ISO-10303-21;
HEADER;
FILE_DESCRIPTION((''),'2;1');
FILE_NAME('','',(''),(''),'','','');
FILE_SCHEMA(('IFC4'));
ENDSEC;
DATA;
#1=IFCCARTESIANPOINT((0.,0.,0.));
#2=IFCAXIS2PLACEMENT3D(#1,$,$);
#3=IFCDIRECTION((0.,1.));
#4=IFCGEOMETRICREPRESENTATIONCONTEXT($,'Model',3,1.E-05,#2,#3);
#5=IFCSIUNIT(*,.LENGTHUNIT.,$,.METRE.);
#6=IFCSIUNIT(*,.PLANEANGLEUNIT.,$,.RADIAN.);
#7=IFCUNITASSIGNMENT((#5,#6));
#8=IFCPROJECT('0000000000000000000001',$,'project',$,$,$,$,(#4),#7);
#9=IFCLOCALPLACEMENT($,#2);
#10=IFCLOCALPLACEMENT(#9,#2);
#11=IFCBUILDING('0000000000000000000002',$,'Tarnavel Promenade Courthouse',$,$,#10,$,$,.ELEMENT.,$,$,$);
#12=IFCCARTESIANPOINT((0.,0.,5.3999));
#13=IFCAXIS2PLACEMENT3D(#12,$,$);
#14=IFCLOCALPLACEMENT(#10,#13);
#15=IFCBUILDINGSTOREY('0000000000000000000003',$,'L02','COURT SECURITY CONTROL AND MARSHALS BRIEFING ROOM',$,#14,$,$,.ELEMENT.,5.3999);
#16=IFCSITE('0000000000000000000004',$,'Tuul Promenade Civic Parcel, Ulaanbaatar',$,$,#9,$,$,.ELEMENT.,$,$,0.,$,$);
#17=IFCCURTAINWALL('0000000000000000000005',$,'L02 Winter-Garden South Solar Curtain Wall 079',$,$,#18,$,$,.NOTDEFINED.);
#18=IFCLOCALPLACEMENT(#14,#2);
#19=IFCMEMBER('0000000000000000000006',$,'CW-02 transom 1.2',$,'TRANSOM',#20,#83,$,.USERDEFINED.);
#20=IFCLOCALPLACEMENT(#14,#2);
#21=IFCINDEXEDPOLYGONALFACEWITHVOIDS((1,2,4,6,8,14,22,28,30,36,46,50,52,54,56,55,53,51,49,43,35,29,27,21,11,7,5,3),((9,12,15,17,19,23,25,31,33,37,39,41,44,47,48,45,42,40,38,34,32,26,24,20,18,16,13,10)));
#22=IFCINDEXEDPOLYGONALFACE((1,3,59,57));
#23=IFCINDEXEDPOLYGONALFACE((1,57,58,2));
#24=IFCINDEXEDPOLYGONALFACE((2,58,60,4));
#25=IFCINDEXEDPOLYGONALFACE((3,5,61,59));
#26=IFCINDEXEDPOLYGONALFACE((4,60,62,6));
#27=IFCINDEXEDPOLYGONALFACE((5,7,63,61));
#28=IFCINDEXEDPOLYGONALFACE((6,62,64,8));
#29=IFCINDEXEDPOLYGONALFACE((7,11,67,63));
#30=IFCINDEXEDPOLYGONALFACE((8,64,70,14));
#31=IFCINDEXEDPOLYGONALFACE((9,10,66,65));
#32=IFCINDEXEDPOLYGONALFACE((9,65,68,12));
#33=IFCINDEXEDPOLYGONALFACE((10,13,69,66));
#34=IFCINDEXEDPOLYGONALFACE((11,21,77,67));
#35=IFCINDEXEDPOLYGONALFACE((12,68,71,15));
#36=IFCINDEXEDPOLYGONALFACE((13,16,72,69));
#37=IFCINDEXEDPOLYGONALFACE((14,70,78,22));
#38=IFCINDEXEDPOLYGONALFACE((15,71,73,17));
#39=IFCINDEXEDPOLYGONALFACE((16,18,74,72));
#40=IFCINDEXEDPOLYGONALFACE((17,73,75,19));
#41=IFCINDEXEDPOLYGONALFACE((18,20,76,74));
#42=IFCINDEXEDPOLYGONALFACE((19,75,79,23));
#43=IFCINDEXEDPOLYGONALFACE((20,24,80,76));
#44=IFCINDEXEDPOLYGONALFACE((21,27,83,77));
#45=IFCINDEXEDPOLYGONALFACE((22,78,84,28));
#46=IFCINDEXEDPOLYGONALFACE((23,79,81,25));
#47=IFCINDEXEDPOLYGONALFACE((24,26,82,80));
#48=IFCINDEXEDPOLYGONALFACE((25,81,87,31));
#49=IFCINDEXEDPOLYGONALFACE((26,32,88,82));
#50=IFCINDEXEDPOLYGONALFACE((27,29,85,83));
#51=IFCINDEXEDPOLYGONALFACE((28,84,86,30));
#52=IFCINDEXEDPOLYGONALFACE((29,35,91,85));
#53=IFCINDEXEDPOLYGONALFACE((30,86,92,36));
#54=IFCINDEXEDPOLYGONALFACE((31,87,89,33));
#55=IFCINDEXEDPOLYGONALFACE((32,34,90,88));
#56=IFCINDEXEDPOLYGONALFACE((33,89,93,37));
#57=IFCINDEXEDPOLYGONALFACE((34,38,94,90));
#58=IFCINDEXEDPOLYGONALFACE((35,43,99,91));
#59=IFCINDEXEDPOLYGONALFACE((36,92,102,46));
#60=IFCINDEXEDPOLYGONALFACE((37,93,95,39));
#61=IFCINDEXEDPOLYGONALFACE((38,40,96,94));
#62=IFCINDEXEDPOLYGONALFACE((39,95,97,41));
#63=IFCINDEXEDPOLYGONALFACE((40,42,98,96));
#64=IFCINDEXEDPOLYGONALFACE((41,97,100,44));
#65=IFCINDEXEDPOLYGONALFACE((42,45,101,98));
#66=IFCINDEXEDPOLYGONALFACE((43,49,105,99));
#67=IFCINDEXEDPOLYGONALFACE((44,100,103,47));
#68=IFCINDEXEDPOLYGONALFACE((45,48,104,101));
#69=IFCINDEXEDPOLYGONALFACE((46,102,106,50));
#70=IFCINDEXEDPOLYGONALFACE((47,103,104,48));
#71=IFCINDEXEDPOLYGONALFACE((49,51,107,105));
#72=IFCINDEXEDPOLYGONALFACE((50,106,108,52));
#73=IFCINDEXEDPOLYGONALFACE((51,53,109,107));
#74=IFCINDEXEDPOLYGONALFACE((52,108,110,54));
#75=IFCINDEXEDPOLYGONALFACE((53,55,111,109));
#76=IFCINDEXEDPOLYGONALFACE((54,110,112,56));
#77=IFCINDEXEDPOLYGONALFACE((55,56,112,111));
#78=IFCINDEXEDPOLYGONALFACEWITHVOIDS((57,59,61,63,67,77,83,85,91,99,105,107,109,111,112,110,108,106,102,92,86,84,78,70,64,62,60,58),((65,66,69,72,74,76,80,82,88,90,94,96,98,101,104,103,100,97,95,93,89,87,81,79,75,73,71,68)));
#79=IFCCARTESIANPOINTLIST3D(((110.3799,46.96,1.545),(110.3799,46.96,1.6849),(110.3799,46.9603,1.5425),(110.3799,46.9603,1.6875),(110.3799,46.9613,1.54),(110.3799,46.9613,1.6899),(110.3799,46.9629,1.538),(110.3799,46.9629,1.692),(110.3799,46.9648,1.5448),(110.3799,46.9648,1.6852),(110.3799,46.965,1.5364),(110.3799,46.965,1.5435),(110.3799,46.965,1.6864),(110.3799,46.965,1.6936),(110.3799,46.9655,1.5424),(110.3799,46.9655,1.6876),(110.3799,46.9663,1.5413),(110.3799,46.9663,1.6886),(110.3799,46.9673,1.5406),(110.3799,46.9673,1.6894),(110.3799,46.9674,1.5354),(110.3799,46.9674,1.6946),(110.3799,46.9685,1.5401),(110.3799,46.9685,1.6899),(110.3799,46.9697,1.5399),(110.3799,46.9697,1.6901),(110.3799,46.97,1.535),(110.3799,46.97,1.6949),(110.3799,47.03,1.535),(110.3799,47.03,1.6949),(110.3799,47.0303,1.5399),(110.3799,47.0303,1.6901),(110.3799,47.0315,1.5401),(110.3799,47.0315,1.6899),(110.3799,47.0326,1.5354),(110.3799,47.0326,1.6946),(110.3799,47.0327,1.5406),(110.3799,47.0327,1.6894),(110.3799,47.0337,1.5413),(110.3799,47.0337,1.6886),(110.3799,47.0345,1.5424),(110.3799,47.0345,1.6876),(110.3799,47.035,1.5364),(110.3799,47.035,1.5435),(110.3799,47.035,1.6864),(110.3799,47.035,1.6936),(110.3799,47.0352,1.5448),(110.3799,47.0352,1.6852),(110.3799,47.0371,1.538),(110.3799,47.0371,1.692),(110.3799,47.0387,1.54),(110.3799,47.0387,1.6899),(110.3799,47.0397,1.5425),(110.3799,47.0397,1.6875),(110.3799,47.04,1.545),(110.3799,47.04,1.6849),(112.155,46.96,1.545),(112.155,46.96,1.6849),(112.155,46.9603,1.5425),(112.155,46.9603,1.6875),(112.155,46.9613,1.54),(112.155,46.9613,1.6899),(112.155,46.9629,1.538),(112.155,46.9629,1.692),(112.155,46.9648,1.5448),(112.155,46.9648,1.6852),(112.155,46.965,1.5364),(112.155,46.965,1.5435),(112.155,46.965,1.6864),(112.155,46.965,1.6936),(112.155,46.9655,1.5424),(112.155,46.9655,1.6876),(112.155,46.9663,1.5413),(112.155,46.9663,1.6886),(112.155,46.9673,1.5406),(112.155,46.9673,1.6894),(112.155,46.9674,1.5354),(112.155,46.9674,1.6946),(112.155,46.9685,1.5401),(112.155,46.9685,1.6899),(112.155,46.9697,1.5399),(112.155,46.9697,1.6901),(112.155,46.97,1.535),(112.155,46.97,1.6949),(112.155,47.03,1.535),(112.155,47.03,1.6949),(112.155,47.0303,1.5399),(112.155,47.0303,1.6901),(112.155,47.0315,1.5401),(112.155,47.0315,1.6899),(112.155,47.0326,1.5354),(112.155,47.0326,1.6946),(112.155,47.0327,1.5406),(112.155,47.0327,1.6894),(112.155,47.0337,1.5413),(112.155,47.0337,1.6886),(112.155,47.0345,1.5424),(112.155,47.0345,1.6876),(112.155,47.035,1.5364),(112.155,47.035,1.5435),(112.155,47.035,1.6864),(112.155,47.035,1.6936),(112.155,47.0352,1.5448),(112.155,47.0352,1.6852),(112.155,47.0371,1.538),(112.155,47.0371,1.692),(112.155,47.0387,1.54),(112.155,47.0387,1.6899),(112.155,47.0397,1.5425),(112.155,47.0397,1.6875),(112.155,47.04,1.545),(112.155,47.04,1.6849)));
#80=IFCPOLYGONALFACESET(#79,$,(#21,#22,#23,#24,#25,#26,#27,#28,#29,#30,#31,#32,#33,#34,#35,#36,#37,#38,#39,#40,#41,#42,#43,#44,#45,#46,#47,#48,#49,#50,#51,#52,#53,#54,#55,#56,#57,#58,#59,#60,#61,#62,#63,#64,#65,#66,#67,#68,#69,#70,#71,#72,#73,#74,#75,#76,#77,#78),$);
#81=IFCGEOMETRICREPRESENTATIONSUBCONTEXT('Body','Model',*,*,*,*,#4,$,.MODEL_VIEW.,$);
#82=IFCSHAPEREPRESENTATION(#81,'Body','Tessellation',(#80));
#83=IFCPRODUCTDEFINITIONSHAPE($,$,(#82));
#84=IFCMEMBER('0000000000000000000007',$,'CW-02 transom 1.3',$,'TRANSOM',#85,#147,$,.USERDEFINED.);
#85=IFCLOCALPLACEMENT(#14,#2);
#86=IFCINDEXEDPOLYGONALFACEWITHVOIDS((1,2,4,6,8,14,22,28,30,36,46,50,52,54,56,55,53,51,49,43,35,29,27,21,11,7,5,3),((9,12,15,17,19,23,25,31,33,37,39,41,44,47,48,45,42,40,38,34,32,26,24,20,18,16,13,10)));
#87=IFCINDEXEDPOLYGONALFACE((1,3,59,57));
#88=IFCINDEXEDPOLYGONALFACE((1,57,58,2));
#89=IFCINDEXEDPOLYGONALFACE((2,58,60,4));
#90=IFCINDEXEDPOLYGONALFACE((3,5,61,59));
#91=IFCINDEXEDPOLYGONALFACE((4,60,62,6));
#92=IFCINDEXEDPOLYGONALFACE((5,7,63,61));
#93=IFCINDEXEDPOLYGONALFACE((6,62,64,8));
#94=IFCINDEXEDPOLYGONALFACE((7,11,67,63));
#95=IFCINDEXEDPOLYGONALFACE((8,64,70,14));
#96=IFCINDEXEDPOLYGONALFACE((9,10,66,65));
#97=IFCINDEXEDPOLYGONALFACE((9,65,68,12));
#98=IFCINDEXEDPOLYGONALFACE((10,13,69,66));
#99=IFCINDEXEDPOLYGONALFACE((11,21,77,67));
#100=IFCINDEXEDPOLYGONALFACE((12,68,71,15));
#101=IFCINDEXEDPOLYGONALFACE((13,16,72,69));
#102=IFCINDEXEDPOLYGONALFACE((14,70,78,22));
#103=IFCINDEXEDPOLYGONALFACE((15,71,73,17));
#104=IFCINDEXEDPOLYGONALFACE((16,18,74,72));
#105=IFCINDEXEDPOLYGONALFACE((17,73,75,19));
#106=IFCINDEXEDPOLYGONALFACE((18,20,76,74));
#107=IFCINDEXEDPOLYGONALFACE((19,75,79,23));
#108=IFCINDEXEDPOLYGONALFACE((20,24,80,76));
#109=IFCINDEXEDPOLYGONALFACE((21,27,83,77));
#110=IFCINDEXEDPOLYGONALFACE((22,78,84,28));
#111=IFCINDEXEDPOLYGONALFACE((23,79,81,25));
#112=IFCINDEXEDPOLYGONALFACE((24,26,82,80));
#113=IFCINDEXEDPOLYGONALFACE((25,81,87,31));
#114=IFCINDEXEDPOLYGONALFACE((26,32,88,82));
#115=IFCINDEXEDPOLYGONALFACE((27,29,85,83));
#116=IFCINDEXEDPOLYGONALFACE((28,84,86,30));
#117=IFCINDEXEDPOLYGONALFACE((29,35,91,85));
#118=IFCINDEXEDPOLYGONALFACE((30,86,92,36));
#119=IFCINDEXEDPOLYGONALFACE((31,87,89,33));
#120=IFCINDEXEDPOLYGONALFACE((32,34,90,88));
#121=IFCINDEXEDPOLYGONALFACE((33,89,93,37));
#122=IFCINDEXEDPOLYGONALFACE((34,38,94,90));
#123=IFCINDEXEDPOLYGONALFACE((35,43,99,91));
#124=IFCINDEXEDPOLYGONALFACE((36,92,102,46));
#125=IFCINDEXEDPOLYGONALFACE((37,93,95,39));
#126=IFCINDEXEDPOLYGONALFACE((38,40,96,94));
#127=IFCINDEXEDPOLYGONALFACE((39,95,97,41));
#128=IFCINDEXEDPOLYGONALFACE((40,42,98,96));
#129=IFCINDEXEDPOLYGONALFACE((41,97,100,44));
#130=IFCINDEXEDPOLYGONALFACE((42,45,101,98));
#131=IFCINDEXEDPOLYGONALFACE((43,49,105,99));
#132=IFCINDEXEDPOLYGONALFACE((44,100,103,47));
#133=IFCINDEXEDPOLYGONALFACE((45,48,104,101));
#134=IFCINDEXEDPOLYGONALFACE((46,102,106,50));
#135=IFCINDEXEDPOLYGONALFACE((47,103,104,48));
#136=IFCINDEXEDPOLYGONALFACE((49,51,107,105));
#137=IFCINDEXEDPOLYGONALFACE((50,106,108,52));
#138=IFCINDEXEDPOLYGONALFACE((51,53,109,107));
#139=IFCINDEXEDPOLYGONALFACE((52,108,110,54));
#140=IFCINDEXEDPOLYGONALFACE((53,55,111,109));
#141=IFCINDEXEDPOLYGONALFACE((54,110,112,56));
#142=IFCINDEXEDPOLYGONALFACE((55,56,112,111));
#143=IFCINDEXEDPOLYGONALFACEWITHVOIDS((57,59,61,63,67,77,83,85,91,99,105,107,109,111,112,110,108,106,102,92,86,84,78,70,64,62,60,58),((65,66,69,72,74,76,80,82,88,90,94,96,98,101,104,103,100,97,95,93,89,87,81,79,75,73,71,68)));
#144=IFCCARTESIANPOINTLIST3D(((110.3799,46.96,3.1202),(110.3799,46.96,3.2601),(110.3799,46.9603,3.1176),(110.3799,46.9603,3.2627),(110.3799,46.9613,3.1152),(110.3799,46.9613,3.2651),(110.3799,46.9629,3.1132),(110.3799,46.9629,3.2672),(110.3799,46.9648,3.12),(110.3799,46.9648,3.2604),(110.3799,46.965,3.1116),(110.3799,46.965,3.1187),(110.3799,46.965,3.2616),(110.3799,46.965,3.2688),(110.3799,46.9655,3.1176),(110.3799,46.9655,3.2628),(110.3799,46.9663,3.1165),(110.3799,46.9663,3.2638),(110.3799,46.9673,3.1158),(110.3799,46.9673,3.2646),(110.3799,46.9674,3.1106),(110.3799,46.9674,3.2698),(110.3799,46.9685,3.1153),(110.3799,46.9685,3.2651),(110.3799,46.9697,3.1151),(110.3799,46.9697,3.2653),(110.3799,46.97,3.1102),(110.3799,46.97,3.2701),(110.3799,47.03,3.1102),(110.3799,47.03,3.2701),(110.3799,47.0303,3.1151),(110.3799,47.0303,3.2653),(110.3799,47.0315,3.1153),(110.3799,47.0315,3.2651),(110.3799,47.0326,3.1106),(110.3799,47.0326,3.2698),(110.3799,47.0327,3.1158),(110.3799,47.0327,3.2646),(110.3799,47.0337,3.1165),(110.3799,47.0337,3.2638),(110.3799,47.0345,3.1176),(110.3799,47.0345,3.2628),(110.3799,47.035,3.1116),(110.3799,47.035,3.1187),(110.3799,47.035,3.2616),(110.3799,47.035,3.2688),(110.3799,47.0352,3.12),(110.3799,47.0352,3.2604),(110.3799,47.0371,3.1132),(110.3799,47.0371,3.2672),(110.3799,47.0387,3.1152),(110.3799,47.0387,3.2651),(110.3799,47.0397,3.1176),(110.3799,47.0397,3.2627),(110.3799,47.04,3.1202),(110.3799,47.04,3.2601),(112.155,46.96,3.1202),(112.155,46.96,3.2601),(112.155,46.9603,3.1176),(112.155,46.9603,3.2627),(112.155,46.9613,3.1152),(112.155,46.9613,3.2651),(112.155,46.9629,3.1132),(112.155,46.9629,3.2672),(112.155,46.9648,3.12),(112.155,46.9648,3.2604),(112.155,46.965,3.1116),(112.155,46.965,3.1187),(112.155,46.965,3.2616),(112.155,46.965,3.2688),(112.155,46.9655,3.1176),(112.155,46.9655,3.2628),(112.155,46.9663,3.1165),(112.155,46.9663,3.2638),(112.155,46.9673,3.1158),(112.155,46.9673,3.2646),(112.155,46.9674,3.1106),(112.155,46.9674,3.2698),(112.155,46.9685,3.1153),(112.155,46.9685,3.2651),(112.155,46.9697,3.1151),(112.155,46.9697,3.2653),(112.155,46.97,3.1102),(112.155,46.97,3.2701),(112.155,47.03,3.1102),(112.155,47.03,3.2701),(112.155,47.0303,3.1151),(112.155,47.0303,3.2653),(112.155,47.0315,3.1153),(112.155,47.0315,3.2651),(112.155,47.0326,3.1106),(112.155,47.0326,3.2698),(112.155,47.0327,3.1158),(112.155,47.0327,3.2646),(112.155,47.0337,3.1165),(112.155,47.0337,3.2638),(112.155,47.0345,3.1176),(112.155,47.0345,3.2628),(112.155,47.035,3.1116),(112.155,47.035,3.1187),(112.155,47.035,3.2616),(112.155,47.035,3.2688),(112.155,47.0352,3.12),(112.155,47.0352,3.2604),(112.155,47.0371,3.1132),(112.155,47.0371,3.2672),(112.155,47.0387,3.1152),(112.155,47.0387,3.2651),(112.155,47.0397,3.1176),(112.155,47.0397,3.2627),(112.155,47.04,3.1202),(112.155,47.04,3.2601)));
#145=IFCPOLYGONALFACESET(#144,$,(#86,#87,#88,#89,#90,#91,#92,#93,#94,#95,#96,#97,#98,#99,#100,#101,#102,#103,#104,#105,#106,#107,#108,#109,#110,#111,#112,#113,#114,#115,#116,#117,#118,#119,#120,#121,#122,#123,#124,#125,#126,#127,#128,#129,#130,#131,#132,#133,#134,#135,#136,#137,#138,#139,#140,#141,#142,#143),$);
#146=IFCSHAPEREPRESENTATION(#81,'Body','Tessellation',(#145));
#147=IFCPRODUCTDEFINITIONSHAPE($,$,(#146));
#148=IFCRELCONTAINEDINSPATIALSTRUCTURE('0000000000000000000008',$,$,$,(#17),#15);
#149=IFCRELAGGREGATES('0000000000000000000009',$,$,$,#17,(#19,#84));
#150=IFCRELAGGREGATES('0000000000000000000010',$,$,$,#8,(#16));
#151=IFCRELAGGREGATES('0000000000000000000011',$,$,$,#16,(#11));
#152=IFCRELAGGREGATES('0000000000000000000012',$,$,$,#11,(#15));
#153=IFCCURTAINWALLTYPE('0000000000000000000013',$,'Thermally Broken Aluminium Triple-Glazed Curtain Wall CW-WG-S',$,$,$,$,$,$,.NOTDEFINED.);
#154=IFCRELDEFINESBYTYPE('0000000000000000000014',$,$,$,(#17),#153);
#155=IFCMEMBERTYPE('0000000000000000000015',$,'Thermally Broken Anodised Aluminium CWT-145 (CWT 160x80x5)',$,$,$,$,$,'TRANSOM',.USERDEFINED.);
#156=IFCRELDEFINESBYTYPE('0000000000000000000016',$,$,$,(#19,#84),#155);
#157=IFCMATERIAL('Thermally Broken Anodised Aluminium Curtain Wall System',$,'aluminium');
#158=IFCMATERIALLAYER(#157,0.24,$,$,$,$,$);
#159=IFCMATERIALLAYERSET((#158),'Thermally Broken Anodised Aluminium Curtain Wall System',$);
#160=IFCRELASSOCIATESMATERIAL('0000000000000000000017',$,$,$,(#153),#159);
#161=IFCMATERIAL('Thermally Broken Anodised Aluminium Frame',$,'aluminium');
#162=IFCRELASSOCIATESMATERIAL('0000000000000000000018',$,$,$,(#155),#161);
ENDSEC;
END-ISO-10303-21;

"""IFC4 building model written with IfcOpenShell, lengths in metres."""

from ifc_helpers import new_model, si_unit, direction, frame, origin, origin_2d, place, context, subcontext, project, spatial, hollow_rectangle, extrude, material, layer, layer_set, material_profile, profile_set, type_object, element, aggregate, save


model = new_model("IFC4")

# Units and contexts
model_context = context("Model", 3, precision=1e-05, world=origin(), true_north=direction((0.0, 1.0)))
body_context = subcontext(model_context, "Body", "Model", "MODEL_VIEW")
ifc_project = project(units=[si_unit("LENGTHUNIT", "METRE"), si_unit("PLANEANGLEUNIT", "RADIAN")], contexts=[model_context])

# Site, building, storey
site_placement = place(None, origin())
site = spatial("IfcSite", under=ifc_project, at=site_placement, Name="Tuul Promenade Civic Parcel, Ulaanbaatar", CompositionType="ELEMENT", RefElevation=0.0)
building_placement = place(site_placement, origin())
building = spatial("IfcBuilding", under=site, at=building_placement, Name="Tarnavel Promenade Courthouse", CompositionType="ELEMENT")
storey_placement = place(building_placement, frame((0.0, 0.0, 5.3999)))
storey = spatial("IfcBuildingStorey", under=building, at=storey_placement, Name="L02", Description="COURT SECURITY CONTROL AND MARSHALS BRIEFING ROOM", CompositionType="ELEMENT", Elevation=5.3999)

# Curtain wall
ifc_material_1 = material(Name="Thermally Broken Anodised Aluminium Curtain Wall System", Category="aluminium")
ifc_layer_1 = layer(ifc_material_1, 0.24)
ifc_layer_set_1 = layer_set([ifc_layer_1], Name="Thermally Broken Anodised Aluminium Curtain Wall System")
curtain_wall_type = type_object("IfcCurtainWallType", Name="Thermally Broken Aluminium Triple-Glazed Curtain Wall CW-WG-S", PredefinedType="NOTDEFINED", material=ifc_layer_set_1)
ifc_material_2 = material(Name="Thermally Broken Anodised Aluminium Frame", Category="aluminium")
curtain_wall_1_placement = place(storey_placement, origin())
curtain_wall_1 = element("IfcCurtainWall", 1, at=curtain_wall_1_placement, inside=storey, type_object=curtain_wall_type, Name="L02 Winter-Garden South Solar Curtain Wall 079", PredefinedType="NOTDEFINED")

# Members
ifc_material_profile_1 = material_profile(ifc_material_2, hollow_rectangle(XDim=0.0801, YDim=0.1599, WallThickness=0.0049, InnerFilletRadius=0.0049, OuterFilletRadius=0.01, at=origin_2d()), Name="CWT 160x80x5")
ifc_profile_set_1 = profile_set([ifc_material_profile_1], Name="Thermally Broken Anodised Aluminium Frame")
member_type_1 = type_object("IfcMemberType", Name="Thermally Broken Anodised Aluminium CWT-145 (CWT 160x80x5)", ElementType="TRANSOM", PredefinedType="USERDEFINED", material=ifc_profile_set_1)
member_1_placement = place(storey_placement, frame((110.3799, 47.0, 1.615), z_axis=(1.0, 0.0, 0.0), x_axis=(0.0, 1.0, 0.0)))
member_1 = element("IfcMember", 2, at=member_1_placement, type_object=member_type_1, Name="CW-02 transom 1.2", ObjectType="TRANSOM", PredefinedType="USERDEFINED", context=body_context, shape_type="SweptSolid", body=[
    extrude(hollow_rectangle(XDim=0.0801, YDim=0.1599, WallThickness=0.0049, InnerFilletRadius=0.0049, OuterFilletRadius=0.01, at=origin_2d()), origin(), (0.0, 0.0, 1.0), 1.7751),
])
member_2_placement = place(storey_placement, frame((110.3799, 47.0, 3.1902), z_axis=(1.0, 0.0, 0.0), x_axis=(0.0, 1.0, 0.0)))
member_2 = element("IfcMember", 3, at=member_2_placement, type_object=member_type_1, Name="CW-02 transom 1.3", ObjectType="TRANSOM", PredefinedType="USERDEFINED", context=body_context, shape_type="SweptSolid", body=[
    extrude(hollow_rectangle(XDim=0.0801, YDim=0.1599, WallThickness=0.0049, InnerFilletRadius=0.0049, OuterFilletRadius=0.01, at=origin_2d()), origin(), (0.0, 0.0, 1.0), 1.7751),
])

aggregate(curtain_wall_1, [member_1, member_2])

save(model, "model.ifc")
